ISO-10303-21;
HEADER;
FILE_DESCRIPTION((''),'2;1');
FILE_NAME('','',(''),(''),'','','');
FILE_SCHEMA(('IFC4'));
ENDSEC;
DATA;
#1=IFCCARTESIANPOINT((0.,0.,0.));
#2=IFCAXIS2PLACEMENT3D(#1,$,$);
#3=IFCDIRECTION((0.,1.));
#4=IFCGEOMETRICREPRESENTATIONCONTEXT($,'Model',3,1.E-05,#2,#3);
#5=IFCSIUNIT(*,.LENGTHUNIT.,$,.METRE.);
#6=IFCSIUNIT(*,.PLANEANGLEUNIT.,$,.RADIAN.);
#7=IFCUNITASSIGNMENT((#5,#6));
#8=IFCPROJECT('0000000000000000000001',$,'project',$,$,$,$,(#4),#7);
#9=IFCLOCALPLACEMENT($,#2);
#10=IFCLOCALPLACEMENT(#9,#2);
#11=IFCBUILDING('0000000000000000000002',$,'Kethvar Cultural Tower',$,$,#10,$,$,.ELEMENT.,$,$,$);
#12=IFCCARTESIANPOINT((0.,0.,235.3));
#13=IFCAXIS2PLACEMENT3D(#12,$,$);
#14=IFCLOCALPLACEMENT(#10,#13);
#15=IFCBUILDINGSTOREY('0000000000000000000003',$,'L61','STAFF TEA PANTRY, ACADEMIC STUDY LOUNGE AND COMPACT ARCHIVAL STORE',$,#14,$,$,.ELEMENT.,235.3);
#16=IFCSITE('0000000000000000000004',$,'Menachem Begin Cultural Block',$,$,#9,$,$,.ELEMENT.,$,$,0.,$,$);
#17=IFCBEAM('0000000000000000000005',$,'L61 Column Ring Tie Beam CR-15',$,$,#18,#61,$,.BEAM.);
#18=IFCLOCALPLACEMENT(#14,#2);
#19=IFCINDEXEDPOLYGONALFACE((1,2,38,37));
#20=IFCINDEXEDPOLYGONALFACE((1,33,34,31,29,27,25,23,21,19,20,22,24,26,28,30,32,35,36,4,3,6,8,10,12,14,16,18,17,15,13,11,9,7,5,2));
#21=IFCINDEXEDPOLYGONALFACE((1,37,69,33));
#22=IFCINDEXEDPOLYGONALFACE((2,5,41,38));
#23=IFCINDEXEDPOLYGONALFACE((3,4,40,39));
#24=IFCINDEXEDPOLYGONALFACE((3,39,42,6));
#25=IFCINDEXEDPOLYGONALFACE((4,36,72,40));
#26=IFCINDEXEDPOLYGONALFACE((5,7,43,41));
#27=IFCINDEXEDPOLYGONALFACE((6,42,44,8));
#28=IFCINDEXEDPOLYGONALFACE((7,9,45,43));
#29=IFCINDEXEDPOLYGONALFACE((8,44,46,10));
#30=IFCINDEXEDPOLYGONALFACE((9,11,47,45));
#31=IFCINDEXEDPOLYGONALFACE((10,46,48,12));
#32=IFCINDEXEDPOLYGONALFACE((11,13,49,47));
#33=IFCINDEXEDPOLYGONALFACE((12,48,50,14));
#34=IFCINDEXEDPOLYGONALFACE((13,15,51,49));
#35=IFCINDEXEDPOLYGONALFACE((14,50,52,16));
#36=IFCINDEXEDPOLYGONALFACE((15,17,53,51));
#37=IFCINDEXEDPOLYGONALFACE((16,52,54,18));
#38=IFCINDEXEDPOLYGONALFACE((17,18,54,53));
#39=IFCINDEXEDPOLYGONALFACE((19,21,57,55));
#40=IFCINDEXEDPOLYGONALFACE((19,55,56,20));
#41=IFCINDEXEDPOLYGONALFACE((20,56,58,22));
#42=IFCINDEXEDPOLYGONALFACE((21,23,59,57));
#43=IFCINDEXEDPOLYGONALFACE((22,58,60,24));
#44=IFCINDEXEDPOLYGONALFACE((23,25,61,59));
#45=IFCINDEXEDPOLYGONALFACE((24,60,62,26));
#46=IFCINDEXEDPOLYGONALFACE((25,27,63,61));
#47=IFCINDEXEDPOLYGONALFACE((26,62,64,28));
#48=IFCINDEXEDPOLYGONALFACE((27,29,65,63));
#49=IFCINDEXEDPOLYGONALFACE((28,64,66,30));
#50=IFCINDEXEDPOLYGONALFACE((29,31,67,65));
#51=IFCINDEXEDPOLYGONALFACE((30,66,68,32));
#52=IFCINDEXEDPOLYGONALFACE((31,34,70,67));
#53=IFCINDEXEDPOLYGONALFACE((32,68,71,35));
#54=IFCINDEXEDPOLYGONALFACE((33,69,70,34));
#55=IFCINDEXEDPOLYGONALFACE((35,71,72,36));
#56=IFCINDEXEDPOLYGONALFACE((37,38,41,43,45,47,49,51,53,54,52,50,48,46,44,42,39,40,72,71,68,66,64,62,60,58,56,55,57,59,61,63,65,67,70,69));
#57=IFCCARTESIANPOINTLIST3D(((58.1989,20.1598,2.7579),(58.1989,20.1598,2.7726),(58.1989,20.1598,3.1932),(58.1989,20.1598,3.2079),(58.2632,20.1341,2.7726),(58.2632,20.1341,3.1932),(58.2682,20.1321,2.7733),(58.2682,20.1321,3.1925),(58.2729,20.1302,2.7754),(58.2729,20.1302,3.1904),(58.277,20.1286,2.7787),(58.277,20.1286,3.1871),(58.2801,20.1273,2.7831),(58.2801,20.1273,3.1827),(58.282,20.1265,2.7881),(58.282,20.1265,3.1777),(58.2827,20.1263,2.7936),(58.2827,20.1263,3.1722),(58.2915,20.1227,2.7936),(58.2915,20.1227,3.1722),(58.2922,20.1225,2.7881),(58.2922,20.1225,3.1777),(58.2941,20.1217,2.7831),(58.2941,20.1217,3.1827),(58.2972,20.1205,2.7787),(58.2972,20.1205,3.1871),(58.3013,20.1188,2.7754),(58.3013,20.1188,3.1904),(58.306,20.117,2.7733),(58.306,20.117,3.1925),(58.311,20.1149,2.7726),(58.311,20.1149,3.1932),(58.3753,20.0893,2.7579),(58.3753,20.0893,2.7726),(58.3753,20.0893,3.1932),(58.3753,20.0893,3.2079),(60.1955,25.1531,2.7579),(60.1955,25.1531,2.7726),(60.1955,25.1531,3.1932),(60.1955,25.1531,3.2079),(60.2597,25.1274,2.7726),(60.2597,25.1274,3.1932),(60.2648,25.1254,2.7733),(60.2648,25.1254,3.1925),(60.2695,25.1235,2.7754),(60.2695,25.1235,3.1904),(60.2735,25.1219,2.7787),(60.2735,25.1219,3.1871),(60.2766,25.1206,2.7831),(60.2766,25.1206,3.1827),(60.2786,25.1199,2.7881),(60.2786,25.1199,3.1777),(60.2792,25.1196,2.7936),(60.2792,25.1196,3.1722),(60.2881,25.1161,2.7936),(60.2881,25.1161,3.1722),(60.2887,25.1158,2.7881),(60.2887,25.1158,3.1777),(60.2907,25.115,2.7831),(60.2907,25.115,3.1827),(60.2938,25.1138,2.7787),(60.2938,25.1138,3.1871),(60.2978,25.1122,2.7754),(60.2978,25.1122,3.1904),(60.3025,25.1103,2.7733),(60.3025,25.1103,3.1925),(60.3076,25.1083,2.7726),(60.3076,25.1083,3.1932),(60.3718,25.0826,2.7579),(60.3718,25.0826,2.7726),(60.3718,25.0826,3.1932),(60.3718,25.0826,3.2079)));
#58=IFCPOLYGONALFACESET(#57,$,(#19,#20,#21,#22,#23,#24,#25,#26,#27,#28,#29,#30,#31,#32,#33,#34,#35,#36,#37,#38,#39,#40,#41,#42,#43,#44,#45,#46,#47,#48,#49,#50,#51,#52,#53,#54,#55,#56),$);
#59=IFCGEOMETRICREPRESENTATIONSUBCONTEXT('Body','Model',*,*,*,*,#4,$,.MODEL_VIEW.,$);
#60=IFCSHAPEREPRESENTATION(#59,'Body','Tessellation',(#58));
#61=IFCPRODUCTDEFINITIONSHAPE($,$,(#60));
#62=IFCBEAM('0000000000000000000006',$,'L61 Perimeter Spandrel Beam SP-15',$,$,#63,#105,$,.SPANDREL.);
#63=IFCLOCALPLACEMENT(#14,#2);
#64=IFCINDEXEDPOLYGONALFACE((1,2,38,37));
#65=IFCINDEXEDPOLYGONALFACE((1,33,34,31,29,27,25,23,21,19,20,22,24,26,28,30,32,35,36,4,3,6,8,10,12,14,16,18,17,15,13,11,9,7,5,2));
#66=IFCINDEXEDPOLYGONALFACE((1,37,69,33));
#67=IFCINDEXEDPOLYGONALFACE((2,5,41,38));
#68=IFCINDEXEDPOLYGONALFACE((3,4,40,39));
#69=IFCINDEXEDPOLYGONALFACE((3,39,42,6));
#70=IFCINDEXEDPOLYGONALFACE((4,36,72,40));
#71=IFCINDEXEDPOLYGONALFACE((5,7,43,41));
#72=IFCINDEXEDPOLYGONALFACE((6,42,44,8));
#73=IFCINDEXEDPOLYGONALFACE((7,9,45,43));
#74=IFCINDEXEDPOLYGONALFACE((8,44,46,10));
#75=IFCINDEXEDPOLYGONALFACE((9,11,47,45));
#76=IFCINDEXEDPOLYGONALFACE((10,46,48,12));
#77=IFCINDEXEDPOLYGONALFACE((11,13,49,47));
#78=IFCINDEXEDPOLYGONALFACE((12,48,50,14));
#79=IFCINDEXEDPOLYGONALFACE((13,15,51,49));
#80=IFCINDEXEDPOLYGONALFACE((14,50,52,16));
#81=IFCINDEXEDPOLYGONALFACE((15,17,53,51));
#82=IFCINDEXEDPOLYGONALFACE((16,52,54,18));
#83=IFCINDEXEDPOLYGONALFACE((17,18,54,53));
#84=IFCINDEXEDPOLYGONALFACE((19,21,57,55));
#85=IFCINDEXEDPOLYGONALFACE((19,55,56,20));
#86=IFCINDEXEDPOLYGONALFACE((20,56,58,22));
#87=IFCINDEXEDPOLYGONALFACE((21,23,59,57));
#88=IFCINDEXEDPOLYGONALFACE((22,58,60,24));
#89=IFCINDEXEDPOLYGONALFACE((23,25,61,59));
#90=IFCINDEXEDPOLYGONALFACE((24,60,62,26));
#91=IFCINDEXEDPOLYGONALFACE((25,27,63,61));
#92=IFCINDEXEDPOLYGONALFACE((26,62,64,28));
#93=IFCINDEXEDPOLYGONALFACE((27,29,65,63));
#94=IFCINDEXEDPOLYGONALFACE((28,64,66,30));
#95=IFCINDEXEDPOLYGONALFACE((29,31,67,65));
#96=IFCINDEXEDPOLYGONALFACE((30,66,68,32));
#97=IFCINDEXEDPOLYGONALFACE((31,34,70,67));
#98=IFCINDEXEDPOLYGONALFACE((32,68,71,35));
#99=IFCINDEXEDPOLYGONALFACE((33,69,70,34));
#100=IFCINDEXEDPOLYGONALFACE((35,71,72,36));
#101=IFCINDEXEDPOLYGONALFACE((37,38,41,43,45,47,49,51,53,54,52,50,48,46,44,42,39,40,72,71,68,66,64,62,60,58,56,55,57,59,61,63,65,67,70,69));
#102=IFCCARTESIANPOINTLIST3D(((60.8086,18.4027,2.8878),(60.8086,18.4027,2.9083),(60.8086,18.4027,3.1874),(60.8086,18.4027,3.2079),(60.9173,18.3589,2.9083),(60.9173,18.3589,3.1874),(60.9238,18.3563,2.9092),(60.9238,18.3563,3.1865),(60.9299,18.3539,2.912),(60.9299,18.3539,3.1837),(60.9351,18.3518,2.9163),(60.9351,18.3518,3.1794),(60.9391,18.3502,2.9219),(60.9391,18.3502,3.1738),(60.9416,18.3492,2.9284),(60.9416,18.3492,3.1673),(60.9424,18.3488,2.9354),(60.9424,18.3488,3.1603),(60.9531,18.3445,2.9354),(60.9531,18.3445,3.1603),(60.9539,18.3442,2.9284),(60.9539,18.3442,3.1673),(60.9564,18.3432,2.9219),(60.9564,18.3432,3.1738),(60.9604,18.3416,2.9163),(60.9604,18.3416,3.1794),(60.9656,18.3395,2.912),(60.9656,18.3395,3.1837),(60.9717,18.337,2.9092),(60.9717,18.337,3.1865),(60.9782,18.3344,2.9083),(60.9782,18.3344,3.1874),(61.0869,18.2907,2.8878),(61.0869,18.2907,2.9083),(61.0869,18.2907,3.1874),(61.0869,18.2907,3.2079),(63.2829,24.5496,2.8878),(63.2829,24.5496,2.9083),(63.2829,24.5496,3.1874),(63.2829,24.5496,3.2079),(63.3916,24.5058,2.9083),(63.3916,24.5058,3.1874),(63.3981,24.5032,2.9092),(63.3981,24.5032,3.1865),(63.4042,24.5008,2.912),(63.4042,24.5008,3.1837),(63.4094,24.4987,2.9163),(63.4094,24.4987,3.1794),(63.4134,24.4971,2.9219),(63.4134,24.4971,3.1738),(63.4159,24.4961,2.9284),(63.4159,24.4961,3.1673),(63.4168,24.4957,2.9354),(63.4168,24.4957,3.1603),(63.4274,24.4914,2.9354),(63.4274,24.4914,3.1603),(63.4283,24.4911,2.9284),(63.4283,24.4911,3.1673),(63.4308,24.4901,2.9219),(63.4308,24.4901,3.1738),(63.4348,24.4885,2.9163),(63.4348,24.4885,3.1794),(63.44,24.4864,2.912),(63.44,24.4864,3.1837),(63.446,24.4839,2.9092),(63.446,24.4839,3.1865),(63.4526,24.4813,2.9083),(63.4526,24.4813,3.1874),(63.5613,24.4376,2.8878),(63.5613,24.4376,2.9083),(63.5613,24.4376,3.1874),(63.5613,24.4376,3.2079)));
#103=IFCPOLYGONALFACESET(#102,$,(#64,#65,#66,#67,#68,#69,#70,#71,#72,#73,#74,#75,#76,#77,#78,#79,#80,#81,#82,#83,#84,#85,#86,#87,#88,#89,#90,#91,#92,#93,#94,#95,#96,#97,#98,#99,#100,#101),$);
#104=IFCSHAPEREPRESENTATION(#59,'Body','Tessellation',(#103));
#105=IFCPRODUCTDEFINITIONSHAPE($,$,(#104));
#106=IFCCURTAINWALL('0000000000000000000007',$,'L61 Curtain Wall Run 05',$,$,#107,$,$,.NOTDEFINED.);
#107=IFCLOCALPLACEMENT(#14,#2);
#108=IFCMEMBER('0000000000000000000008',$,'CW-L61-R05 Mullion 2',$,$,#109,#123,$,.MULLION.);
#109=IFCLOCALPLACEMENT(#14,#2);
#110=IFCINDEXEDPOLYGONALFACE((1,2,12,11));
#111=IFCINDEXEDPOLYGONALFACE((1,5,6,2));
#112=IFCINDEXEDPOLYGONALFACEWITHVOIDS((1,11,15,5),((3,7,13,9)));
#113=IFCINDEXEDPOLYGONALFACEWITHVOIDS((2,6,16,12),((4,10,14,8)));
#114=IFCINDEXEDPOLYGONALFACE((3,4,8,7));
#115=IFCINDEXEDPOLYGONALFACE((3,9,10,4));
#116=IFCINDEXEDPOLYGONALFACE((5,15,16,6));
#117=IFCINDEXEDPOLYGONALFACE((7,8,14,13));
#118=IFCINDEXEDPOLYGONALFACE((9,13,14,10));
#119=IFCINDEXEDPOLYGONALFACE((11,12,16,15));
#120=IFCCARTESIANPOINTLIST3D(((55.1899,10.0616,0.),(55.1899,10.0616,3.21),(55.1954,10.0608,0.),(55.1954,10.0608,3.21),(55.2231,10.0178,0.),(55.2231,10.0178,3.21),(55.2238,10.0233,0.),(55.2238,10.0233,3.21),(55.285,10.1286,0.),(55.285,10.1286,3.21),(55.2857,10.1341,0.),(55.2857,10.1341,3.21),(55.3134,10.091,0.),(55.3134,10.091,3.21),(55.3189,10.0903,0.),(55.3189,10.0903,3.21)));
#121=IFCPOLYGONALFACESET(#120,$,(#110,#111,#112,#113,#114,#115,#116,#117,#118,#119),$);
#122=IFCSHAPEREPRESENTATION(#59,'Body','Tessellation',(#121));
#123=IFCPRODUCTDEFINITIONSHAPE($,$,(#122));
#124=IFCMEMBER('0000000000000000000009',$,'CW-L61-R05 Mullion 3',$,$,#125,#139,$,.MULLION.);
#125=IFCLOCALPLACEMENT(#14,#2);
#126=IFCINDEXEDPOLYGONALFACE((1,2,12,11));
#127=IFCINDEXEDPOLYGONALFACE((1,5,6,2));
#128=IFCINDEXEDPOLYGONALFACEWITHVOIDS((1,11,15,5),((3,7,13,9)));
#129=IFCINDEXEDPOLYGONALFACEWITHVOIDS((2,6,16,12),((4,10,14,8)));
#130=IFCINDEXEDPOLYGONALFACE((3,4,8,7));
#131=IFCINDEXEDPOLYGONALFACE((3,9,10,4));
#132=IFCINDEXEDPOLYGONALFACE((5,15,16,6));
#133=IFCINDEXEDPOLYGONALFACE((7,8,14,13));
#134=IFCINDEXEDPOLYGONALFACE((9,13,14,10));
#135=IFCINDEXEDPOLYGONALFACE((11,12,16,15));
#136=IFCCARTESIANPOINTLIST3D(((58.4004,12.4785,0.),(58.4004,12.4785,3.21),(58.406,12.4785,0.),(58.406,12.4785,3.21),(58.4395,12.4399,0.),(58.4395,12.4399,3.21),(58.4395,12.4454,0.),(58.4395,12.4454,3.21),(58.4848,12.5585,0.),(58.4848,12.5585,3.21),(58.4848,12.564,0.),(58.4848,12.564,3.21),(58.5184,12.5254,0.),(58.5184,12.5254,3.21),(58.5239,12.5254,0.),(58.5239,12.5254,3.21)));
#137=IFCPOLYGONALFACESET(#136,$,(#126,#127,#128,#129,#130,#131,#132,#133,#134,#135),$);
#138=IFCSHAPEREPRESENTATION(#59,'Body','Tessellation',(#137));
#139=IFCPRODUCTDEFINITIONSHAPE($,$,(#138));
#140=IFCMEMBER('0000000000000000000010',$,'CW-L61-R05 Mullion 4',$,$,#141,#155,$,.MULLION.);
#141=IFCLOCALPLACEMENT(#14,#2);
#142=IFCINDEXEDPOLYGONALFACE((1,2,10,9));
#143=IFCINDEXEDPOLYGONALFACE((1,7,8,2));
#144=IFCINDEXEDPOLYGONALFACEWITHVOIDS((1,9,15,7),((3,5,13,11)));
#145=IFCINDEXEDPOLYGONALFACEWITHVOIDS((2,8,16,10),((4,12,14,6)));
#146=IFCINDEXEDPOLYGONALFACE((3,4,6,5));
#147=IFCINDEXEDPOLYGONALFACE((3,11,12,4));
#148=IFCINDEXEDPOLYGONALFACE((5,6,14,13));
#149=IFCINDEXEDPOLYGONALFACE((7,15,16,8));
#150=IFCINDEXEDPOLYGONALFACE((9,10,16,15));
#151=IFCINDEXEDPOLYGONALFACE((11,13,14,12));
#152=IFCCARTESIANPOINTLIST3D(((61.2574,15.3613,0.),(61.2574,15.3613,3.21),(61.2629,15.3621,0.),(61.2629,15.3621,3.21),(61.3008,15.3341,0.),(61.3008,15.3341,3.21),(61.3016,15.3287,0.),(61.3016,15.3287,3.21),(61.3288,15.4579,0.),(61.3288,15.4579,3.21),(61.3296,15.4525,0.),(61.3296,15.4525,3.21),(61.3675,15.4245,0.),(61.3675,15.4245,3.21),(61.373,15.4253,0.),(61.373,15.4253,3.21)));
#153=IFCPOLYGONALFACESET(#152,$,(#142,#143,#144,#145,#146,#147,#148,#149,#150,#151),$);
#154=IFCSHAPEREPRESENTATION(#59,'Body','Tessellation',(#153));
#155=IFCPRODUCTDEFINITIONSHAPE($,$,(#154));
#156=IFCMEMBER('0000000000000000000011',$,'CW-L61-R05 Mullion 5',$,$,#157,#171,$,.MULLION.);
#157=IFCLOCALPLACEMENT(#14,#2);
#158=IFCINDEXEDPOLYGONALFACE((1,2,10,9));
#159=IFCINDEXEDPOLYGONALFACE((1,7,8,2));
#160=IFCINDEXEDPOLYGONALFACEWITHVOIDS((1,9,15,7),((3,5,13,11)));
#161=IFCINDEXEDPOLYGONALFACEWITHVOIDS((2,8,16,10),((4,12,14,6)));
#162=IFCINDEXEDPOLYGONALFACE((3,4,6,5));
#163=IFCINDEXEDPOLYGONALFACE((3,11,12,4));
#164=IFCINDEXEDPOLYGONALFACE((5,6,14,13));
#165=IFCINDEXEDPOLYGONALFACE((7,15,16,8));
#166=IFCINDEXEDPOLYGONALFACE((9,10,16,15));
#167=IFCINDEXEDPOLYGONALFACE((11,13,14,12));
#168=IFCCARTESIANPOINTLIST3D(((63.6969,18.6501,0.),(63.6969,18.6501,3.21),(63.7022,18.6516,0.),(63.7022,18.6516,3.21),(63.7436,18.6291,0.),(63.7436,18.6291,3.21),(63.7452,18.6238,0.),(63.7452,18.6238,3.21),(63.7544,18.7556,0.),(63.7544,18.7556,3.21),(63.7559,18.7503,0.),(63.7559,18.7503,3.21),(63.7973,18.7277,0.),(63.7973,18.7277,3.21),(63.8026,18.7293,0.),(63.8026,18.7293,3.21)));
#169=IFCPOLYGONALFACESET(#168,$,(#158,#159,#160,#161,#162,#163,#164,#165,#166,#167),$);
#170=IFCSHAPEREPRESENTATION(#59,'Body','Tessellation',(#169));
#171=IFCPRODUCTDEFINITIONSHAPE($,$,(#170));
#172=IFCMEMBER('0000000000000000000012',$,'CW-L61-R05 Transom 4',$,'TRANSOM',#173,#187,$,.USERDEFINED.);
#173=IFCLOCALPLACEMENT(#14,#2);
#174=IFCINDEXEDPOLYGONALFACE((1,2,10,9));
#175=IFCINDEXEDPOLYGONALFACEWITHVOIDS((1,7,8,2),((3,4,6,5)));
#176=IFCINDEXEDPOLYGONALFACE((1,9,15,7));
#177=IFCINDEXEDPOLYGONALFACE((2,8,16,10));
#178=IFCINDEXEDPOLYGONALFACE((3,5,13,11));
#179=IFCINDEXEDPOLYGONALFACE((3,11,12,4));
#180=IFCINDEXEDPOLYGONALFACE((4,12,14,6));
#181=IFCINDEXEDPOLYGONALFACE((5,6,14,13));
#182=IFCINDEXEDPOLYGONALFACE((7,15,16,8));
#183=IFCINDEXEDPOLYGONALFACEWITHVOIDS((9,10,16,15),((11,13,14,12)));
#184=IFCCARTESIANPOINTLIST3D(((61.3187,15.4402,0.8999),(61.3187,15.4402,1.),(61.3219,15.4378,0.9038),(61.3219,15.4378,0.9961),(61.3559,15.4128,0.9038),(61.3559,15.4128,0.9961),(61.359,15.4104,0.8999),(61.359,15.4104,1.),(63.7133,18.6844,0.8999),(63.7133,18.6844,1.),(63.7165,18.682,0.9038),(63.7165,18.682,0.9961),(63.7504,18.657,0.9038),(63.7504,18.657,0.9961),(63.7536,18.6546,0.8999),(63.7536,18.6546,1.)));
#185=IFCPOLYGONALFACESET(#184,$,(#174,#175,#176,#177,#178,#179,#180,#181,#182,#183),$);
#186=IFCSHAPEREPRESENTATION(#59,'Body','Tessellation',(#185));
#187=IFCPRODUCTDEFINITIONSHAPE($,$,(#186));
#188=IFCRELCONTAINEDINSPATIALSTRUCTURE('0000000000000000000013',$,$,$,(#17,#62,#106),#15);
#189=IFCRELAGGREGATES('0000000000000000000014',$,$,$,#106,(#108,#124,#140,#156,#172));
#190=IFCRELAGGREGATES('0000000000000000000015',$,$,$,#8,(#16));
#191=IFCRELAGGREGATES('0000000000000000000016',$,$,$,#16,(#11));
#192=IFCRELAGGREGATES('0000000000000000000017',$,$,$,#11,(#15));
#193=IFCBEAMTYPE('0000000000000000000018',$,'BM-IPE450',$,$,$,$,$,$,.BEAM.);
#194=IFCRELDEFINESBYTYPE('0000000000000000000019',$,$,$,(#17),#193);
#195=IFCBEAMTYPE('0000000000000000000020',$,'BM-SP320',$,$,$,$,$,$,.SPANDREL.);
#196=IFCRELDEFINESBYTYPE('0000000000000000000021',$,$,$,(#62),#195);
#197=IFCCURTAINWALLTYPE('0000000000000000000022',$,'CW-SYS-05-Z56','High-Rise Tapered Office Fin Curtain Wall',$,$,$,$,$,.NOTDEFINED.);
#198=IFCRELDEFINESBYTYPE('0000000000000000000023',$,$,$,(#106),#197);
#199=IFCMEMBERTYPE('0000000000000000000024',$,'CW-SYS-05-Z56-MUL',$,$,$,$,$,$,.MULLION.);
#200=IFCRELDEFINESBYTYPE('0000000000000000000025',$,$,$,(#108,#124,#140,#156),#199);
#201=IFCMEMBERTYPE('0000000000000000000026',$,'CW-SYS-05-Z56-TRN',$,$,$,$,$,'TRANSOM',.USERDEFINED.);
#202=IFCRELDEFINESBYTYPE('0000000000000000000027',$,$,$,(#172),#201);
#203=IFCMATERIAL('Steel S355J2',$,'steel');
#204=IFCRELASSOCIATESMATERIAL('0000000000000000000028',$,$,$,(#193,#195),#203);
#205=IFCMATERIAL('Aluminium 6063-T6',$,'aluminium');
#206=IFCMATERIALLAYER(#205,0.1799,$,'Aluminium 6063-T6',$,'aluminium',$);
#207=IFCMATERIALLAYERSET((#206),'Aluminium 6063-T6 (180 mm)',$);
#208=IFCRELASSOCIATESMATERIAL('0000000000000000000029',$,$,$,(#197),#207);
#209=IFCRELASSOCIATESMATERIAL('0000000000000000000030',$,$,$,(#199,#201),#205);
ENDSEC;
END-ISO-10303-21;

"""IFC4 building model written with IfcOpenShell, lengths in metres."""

from ifc_helpers import new_model, si_unit, direction, frame, origin, origin_2d, place, context, subcontext, project, spatial, hollow_rectangle, i_section, extrude, source, transform, mapped, material, layer, layer_set, material_profile, profile_set, type_object, element, aggregate, save


model = new_model("IFC4")

# Units and contexts
model_context = context("Model", 3, precision=1e-05, world=origin(), true_north=direction((0.0, 1.0)))
body_context = subcontext(model_context, "Body", "Model", "MODEL_VIEW")
ifc_project = project(units=[si_unit("LENGTHUNIT", "METRE"), si_unit("PLANEANGLEUNIT", "RADIAN")], contexts=[model_context])

# Site, building, storey
site_placement = place(None, origin())
site = spatial("IfcSite", under=ifc_project, at=site_placement, Name="Menachem Begin Cultural Block", CompositionType="ELEMENT", RefElevation=0.0)
building_placement = place(site_placement, origin())
building = spatial("IfcBuilding", under=site, at=building_placement, Name="Kethvar Cultural Tower", CompositionType="ELEMENT")
storey_placement = place(building_placement, frame((0.0, 0.0, 235.3)))
storey = spatial("IfcBuildingStorey", under=building, at=storey_placement, Name="L61", Description="STAFF TEA PANTRY, ACADEMIC STUDY LOUNGE AND COMPACT ARCHIVAL STORE", CompositionType="ELEMENT", Elevation=235.3)

# Beams
ifc_material_1 = material(Name="Steel S355J2", Category="steel")
ifc_material_profile_1 = material_profile(ifc_material_1, i_section(OverallWidth=0.1899, OverallDepth=0.45, WebThickness=0.0095, FlangeThickness=0.0146, FilletRadius=0.021, at=origin_2d()), Name="Steel S355J2 — IPE450")
ifc_profile_set_1 = profile_set([ifc_material_profile_1], Name="Steel S355J2 — IPE450")
beam_type_1 = type_object("IfcBeamType", Name="BM-IPE450", PredefinedType="BEAM", material=ifc_profile_set_1)
ifc_material_profile_2 = material_profile(ifc_material_1, i_section(OverallWidth=0.3, OverallDepth=0.3201, WebThickness=0.0115, FlangeThickness=0.0205, FilletRadius=0.0271, at=origin_2d()), Name="Steel S355J2 — HEB320")
ifc_profile_set_2 = profile_set([ifc_material_profile_2], Name="Steel S355J2 — HEB320")
beam_type_2 = type_object("IfcBeamType", Name="BM-SP320", PredefinedType="SPANDREL", material=ifc_profile_set_2)
shared_shape_1 = source(origin(), body_context, "Body", "SweptSolid", [
    extrude(i_section(OverallWidth=0.1899, OverallDepth=0.45, WebThickness=0.0095, FlangeThickness=0.0146, FilletRadius=0.021, at=origin_2d()), origin(), (0.0, 0.0, 1.0), 5.3777),
])
beam_1_placement = place(storey_placement, frame((58.2871, 20.1245, 2.9829), z_axis=(0.371265, 0.928527, 0.0), x_axis=(-0.928527, 0.371265, 0.0)))
element("IfcBeam", 1, at=beam_1_placement, inside=storey, type_object=beam_type_1, Name="L61 Column Ring Tie Beam CR-15", PredefinedType="BEAM", context=body_context, shape_type="MappedRepresentation", body=[
    mapped(shared_shape_1, transform((0.0, 0.0, 0.0), scale=1.0)),
])
shared_shape_2 = source(origin(), body_context, "Body", "SweptSolid", [
    extrude(i_section(OverallWidth=0.3, OverallDepth=0.3201, WebThickness=0.0115, FlangeThickness=0.0205, FilletRadius=0.0271, at=origin_2d()), origin(), (0.0, 0.0, 1.0), 6.6262),
])
beam_2_placement = place(storey_placement, frame((60.9478, 18.3467, 3.0479), z_axis=(0.373416, 0.927664, 0.0), x_axis=(-0.927664, 0.373416, 0.0)))
element("IfcBeam", 2, at=beam_2_placement, inside=storey, type_object=beam_type_2, Name="L61 Perimeter Spandrel Beam SP-15", PredefinedType="SPANDREL", context=body_context, shape_type="MappedRepresentation", body=[
    mapped(shared_shape_2, transform((0.0, 0.0, 0.0), scale=1.0)),
])

# Curtain wall, members
ifc_material_2 = material(Name="Aluminium 6063-T6", Category="aluminium")
ifc_layer_1 = layer(ifc_material_2, 0.1799, Name="Aluminium 6063-T6", Category="aluminium")
ifc_layer_set_1 = layer_set([ifc_layer_1], Name="Aluminium 6063-T6 (180 mm)")
curtain_wall_type = type_object("IfcCurtainWallType", Name="CW-SYS-05-Z56", Description="High-Rise Tapered Office Fin Curtain Wall", PredefinedType="NOTDEFINED", material=ifc_layer_set_1)
curtain_wall_placement = place(storey_placement, origin())
curtain_wall = element("IfcCurtainWall", 3, at=curtain_wall_placement, inside=storey, type_object=curtain_wall_type, Name="L61 Curtain Wall Run 05", PredefinedType="NOTDEFINED")
ifc_material_profile_3 = material_profile(ifc_material_2, hollow_rectangle(XDim=0.0549, YDim=0.1201, WallThickness=0.0039, at=origin_2d()), Name="Aluminium 6063-T6 — RHS120x55x4")
ifc_profile_set_3 = profile_set([ifc_material_profile_3], Name="Aluminium 6063-T6 — RHS120x55x4")
member_type_1 = type_object("IfcMemberType", Name="CW-SYS-05-Z56-MUL", PredefinedType="MULLION", material=ifc_profile_set_3)
shared_shape_3 = source(origin(), body_context, "Body", "SweptSolid", [
    extrude(hollow_rectangle(XDim=0.0549, YDim=0.1201, WallThickness=0.0039, at=origin_2d()), origin(), (0.0, 0.0, 1.0), 3.21),
])
member_1_placement = place(storey_placement, frame((55.2544, 10.0759, 0.0), z_axis=(0.0, 0.0, 1.0), x_axis=(-0.603375, 0.797458, 0.0)))
member_1 = element("IfcMember", 4, at=member_1_placement, type_object=member_type_1, Name="CW-L61-R05 Mullion 2", PredefinedType="MULLION", context=body_context, shape_type="MappedRepresentation", body=[
    mapped(shared_shape_3, transform((0.0, 0.0, 0.0), scale=1.0)),
])
member_2_placement = place(storey_placement, frame((58.4622, 12.502, 0.0), z_axis=(0.0, 0.0, 1.0), x_axis=(-0.711989, 0.70219, 0.0)))
member_2 = element("IfcMember", 5, at=member_2_placement, type_object=member_type_1, Name="CW-L61-R05 Mullion 3", PredefinedType="MULLION", context=body_context, shape_type="MappedRepresentation", body=[
    mapped(shared_shape_3, transform((0.0, 0.0, 0.0), scale=1.0)),
])
member_3_placement = place(storey_placement, frame((61.3152, 15.3933, 0.0), z_axis=(0.0, 0.0, 1.0), x_axis=(-0.804552, 0.593882, 0.0)))
member_3 = element("IfcMember", 6, at=member_3_placement, type_object=member_type_1, Name="CW-L61-R05 Mullion 4", PredefinedType="MULLION", context=body_context, shape_type="MappedRepresentation", body=[
    mapped(shared_shape_3, transform((0.0, 0.0, 0.0), scale=1.0)),
])
member_4_placement = place(storey_placement, frame((63.7498, 18.6897, 0.0), z_axis=(0.0, 0.0, 1.0), x_axis=(-0.878233, 0.478232, 0.0)))
member_4 = element("IfcMember", 7, at=member_4_placement, type_object=member_type_1, Name="CW-L61-R05 Mullion 5", PredefinedType="MULLION", context=body_context, shape_type="MappedRepresentation", body=[
    mapped(shared_shape_3, transform((0.0, 0.0, 0.0), scale=1.0)),
])
ifc_material_profile_4 = material_profile(ifc_material_2, hollow_rectangle(XDim=0.05, YDim=0.1001, WallThickness=0.0039, at=origin_2d()), Name="Aluminium 6063-T6 — RHS100x50x4")
ifc_profile_set_4 = profile_set([ifc_material_profile_4], Name="Aluminium 6063-T6 — RHS100x50x4")
member_type_2 = type_object("IfcMemberType", Name="CW-SYS-05-Z56-TRN", ElementType="TRANSOM", PredefinedType="USERDEFINED", material=ifc_profile_set_4)
shared_shape_4 = source(origin(), body_context, "Body", "SweptSolid", [
    extrude(hollow_rectangle(XDim=0.05, YDim=0.1001, WallThickness=0.0039, at=origin_2d()), origin(), (0.0, 0.0, 1.0), 4.0322),
])
member_5_placement = place(storey_placement, frame((61.3389, 15.4253, 0.95), z_axis=(0.59386, 0.804569, 0.0), x_axis=(-0.804569, 0.59386, 0.0)))
member_5 = element("IfcMember", 8, at=member_5_placement, type_object=member_type_2, Name="CW-L61-R05 Transom 4", ObjectType="TRANSOM", PredefinedType="USERDEFINED", context=body_context, shape_type="MappedRepresentation", body=[
    mapped(shared_shape_4, transform((0.0, 0.0, 0.0), scale=1.0)),
])
aggregate(curtain_wall, [member_1, member_2, member_3, member_4, member_5])

save(model, "model.ifc")
